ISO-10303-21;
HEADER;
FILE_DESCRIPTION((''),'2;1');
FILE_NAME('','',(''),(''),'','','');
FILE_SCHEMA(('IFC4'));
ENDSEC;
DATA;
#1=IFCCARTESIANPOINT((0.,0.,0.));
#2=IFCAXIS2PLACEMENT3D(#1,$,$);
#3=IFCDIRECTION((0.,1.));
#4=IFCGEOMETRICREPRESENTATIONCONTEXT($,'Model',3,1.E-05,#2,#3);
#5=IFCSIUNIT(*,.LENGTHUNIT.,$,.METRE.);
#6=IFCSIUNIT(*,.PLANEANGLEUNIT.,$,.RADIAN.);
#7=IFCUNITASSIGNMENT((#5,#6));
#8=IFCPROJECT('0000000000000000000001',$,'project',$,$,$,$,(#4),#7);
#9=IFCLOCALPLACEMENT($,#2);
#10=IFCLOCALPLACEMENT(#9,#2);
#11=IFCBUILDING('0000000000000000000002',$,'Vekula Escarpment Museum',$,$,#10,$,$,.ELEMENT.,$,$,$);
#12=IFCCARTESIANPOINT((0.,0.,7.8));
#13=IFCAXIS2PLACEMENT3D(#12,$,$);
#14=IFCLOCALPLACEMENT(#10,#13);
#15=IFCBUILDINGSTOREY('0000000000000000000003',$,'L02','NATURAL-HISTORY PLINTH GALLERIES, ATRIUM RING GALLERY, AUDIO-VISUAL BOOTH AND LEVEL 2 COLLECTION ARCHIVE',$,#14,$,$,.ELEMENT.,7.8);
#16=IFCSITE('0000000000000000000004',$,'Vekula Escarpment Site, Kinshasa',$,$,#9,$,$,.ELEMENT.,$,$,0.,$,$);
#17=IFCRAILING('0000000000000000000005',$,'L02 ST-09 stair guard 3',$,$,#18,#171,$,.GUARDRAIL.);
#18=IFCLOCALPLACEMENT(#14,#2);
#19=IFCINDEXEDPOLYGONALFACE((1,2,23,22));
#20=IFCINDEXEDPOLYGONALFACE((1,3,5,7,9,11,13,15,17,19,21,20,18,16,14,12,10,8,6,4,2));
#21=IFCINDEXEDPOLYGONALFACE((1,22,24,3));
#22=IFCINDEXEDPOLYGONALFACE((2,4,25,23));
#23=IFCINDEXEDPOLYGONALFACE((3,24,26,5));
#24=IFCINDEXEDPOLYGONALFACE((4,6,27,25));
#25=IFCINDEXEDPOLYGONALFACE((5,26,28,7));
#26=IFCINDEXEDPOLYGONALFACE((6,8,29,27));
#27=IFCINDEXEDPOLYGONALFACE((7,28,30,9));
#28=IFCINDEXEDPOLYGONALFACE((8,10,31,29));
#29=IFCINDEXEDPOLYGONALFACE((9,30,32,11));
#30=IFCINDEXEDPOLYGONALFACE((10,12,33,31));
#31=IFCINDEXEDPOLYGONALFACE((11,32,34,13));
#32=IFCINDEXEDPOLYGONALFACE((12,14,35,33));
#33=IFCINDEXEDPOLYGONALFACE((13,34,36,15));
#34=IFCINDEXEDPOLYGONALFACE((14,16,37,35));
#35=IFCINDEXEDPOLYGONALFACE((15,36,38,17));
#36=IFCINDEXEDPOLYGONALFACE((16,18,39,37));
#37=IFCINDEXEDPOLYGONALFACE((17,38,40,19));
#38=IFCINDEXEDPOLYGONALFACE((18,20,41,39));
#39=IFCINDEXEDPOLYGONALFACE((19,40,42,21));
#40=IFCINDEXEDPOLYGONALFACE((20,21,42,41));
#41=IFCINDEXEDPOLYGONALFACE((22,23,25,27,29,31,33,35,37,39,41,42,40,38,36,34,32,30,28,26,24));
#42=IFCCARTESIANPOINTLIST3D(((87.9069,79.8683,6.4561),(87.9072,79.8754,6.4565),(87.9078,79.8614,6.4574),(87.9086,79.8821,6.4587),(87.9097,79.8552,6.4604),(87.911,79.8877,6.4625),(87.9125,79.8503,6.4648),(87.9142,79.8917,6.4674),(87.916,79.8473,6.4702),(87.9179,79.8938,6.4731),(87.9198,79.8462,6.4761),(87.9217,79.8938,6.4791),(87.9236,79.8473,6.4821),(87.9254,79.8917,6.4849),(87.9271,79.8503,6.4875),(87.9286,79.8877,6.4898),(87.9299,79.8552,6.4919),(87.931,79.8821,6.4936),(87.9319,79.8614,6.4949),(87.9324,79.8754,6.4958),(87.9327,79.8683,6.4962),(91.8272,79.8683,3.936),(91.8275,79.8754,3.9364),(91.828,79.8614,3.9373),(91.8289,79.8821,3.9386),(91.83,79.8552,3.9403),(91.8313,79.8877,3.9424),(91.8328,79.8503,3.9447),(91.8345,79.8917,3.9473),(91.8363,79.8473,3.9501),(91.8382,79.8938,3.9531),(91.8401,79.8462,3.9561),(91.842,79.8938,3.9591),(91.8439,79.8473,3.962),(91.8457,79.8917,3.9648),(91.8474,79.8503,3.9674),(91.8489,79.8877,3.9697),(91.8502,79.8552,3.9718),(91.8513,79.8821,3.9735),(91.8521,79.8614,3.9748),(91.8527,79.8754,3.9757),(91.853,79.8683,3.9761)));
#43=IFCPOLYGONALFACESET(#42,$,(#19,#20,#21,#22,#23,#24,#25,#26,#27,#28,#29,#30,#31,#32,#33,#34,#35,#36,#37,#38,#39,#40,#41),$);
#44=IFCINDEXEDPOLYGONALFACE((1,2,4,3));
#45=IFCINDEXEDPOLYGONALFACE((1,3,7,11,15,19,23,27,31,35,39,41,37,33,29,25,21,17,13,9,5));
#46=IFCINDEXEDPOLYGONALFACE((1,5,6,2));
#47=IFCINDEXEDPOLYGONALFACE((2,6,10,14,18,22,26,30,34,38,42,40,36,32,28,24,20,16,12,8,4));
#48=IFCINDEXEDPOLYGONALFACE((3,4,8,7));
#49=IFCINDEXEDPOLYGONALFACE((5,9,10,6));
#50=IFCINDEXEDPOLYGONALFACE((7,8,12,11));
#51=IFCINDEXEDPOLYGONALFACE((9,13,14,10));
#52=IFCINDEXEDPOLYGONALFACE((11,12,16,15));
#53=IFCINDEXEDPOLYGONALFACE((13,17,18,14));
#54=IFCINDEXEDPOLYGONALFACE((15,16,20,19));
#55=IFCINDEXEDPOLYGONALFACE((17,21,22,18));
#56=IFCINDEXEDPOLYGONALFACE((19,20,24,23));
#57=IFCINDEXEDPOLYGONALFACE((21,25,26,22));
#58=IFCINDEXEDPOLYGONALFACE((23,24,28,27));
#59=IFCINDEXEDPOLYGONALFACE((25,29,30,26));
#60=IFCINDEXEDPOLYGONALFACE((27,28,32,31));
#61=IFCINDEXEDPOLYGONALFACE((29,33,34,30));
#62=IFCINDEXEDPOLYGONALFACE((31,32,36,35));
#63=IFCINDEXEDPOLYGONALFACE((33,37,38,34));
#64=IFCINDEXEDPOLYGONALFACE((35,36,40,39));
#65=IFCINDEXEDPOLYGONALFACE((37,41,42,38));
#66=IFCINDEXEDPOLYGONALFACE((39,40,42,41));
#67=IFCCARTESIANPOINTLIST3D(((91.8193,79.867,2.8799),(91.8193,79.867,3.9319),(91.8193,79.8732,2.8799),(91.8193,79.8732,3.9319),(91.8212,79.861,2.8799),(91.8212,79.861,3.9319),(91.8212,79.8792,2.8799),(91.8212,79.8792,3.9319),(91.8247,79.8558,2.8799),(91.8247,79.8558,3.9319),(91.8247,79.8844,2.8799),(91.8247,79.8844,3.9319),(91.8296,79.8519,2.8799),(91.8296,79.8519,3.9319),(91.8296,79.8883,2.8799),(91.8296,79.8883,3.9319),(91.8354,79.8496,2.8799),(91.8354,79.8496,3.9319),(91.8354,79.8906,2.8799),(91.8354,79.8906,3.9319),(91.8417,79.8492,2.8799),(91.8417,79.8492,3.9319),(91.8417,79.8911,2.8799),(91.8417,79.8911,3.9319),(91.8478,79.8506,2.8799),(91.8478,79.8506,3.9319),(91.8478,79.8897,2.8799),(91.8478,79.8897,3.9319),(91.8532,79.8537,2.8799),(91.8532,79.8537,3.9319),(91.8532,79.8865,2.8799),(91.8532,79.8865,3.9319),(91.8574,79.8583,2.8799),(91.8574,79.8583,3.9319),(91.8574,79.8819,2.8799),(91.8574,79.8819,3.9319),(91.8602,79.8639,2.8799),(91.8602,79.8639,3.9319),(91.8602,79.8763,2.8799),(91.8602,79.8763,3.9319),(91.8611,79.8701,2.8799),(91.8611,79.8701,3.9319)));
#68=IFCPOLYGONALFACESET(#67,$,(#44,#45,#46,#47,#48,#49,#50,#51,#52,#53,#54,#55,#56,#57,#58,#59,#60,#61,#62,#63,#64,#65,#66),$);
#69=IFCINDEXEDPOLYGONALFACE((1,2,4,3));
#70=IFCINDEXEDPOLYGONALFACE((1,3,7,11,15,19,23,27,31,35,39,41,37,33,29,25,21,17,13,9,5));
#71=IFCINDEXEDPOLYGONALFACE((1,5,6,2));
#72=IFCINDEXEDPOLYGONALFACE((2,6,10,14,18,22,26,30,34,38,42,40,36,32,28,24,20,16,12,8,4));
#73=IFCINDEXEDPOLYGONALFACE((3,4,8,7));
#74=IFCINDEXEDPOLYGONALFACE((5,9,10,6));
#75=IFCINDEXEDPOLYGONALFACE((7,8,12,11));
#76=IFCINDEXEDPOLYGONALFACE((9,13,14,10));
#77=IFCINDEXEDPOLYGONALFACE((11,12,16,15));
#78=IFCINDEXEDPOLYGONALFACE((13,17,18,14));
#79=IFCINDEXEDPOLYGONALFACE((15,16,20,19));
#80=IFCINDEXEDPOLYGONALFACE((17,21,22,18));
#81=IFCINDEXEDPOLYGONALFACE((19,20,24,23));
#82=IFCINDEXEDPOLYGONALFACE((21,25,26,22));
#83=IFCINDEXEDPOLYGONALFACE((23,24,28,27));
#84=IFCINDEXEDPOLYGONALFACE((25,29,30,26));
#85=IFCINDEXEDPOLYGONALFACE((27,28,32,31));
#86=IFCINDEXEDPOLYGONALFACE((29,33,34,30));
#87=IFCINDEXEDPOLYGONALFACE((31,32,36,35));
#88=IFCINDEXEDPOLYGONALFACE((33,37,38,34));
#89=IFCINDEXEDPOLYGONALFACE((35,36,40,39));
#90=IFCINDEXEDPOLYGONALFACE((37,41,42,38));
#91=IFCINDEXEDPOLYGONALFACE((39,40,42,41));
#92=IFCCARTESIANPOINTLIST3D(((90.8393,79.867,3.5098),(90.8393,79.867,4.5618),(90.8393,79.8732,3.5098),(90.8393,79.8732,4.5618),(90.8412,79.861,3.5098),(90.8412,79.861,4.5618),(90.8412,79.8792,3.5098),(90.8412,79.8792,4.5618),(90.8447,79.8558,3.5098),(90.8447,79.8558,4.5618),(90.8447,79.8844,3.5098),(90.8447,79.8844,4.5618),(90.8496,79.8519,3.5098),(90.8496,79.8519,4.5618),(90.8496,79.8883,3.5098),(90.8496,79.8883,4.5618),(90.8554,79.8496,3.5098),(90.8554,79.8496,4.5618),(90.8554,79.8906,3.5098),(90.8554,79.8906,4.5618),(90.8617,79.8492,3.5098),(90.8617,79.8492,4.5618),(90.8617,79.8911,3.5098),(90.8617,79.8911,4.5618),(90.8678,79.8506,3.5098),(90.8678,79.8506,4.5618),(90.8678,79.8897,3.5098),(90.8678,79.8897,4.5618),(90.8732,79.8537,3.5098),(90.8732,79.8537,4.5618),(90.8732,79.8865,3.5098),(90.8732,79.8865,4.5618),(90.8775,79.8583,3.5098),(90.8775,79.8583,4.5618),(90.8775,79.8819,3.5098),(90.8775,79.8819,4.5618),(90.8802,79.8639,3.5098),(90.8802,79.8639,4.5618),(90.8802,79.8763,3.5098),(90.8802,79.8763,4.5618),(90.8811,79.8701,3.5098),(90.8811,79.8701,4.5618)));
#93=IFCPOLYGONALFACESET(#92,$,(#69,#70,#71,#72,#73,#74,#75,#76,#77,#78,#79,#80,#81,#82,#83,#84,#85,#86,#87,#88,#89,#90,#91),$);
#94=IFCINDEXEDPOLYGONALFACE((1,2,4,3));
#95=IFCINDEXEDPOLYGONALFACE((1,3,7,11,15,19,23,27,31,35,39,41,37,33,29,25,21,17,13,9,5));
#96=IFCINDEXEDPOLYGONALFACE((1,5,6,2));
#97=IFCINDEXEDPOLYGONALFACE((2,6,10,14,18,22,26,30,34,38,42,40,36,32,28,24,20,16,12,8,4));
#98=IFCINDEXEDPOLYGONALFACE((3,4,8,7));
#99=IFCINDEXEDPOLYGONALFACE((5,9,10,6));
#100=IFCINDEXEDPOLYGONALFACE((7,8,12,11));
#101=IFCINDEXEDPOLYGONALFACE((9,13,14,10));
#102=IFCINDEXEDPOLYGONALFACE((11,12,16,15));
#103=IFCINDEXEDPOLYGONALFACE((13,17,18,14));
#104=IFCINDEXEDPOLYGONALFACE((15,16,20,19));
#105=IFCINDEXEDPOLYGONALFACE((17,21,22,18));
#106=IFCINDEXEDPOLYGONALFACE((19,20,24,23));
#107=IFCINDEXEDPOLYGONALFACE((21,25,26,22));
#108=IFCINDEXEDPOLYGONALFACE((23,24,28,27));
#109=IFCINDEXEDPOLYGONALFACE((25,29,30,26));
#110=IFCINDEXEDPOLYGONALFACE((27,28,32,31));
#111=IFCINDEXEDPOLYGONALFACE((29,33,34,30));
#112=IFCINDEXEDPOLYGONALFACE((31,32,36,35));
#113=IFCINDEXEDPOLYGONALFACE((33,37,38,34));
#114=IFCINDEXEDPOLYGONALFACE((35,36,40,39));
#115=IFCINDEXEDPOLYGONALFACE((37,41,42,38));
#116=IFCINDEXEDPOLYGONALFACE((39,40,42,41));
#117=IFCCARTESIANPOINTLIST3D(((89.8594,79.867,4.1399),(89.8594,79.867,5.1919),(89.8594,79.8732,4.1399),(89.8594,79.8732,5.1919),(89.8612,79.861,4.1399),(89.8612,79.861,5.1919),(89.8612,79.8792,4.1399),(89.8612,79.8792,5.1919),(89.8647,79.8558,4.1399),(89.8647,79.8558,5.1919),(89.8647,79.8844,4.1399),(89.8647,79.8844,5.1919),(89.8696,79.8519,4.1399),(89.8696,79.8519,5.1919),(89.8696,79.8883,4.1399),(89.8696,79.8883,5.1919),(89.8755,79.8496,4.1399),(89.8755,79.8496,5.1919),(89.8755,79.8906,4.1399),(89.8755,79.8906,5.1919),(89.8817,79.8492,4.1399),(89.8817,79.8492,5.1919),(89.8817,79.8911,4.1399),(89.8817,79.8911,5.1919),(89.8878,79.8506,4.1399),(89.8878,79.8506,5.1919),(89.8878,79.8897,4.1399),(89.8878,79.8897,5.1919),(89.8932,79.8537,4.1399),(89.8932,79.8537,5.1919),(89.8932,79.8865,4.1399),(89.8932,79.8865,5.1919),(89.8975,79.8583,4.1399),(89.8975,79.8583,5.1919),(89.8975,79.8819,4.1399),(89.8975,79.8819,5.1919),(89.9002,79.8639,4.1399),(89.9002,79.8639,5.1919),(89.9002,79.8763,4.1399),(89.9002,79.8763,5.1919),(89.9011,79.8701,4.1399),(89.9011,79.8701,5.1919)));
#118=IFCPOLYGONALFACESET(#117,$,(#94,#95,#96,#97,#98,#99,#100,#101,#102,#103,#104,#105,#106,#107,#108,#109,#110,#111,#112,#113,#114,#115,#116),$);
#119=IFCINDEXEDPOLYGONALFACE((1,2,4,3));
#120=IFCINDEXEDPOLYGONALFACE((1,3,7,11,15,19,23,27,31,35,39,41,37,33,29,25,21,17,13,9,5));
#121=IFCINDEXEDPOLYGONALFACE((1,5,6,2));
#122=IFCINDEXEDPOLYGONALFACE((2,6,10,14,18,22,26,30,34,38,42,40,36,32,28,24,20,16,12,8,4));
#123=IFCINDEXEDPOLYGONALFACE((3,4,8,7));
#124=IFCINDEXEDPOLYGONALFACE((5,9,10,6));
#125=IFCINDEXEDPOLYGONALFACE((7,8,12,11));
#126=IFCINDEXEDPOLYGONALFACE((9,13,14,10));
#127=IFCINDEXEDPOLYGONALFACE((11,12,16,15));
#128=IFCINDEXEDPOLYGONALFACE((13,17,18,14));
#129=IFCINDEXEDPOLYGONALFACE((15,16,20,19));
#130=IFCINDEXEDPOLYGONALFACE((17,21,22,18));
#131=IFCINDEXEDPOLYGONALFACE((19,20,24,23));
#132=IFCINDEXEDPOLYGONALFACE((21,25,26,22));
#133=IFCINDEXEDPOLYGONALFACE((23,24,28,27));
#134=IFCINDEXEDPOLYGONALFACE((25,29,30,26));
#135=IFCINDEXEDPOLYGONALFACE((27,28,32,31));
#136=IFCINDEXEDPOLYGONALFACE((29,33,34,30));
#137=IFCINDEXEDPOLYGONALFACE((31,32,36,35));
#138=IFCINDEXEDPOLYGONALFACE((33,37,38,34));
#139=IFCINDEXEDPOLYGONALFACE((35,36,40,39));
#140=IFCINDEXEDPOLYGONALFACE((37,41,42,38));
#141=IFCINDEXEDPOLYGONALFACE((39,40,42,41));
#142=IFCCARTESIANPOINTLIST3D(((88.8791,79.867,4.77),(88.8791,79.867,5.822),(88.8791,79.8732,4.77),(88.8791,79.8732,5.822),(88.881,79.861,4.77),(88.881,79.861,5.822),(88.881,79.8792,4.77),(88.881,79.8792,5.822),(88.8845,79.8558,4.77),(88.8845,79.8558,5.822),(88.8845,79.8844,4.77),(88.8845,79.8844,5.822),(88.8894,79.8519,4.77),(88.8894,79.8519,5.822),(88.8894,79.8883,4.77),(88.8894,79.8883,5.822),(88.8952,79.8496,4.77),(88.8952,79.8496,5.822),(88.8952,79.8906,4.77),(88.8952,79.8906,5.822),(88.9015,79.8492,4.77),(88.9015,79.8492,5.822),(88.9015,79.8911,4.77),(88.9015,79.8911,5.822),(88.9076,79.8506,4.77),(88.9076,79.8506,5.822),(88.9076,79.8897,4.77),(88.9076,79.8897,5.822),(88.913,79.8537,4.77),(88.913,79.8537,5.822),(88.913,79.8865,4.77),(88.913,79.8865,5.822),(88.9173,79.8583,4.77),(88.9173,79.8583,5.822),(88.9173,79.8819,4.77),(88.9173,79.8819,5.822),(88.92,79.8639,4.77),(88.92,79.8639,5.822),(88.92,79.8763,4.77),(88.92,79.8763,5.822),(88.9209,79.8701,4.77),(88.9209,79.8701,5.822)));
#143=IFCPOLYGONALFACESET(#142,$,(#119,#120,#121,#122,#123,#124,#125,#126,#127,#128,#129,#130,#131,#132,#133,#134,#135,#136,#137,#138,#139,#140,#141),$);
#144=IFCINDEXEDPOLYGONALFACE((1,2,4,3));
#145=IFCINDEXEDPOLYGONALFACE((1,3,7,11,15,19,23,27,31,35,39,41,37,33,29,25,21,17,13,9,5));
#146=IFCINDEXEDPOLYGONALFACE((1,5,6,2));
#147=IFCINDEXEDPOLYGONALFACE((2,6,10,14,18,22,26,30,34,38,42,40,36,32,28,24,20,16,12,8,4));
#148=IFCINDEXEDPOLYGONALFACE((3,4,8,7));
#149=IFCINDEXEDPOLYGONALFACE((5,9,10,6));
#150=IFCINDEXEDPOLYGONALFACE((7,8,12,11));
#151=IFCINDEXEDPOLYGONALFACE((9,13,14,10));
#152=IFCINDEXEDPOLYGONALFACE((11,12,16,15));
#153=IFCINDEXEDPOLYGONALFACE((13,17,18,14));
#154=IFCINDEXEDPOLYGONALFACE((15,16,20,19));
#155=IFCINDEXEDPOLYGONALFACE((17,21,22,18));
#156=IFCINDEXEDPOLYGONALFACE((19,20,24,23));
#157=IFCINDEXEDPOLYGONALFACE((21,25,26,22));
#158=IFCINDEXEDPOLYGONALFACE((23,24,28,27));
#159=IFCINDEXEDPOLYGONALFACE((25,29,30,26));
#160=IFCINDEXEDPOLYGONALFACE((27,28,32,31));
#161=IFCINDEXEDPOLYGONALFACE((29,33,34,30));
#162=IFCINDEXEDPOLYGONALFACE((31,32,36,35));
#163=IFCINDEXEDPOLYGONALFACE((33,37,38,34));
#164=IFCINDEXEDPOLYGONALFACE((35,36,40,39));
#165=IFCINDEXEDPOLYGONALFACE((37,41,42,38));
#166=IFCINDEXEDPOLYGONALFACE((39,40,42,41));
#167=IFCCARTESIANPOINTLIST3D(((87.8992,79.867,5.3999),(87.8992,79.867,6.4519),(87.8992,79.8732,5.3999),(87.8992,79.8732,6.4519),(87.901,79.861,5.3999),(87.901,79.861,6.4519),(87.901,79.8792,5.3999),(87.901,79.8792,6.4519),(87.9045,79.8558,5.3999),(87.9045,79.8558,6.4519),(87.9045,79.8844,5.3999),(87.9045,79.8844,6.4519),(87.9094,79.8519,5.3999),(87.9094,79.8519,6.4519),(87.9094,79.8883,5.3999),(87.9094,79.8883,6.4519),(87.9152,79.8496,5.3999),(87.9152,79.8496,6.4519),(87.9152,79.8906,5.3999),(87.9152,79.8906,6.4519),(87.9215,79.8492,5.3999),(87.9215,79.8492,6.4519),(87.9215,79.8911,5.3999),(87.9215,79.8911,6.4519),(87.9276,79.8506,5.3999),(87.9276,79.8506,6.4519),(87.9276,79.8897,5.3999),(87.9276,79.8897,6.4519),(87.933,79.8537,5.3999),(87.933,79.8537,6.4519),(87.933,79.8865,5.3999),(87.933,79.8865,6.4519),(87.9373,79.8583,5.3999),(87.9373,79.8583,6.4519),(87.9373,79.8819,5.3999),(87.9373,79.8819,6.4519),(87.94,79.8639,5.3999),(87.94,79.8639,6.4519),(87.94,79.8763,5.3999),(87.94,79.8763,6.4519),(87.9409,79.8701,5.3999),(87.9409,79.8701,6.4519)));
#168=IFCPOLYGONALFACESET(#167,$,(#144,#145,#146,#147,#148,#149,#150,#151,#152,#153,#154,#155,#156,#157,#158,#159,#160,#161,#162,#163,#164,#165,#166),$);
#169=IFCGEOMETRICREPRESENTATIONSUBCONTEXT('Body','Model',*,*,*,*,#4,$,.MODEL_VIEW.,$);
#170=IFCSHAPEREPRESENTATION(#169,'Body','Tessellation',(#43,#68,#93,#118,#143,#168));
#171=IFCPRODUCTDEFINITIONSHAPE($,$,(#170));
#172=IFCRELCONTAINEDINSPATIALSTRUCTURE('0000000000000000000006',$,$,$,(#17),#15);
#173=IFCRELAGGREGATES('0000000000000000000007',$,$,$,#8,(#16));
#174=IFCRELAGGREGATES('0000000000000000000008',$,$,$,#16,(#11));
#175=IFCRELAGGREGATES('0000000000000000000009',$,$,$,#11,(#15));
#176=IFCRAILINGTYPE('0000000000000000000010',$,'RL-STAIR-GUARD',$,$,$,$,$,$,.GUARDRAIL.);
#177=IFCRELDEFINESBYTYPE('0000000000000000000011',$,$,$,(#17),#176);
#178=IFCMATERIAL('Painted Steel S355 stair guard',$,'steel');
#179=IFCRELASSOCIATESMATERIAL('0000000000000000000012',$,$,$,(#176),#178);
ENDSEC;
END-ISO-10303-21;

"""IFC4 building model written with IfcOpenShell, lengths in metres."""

from ifc_helpers import new_model, si_unit, direction, frame, origin, origin_2d, place, context, subcontext, project, spatial, circle, extrude, material, type_object, element, save


model = new_model("IFC4")

# Units and contexts
model_context = context("Model", 3, precision=1e-05, world=origin(), true_north=direction((0.0, 1.0)))
body_context = subcontext(model_context, "Body", "Model", "MODEL_VIEW")
ifc_project = project(units=[si_unit("LENGTHUNIT", "METRE"), si_unit("PLANEANGLEUNIT", "RADIAN")], contexts=[model_context])

# Site, building, storey
site_placement = place(None, origin())
site = spatial("IfcSite", under=ifc_project, at=site_placement, Name="Vekula Escarpment Site, Kinshasa", CompositionType="ELEMENT", RefElevation=0.0)
building_placement = place(site_placement, origin())
building = spatial("IfcBuilding", under=site, at=building_placement, Name="Vekula Escarpment Museum", CompositionType="ELEMENT")
storey_placement = place(building_placement, frame((0.0, 0.0, 7.8)))
storey = spatial("IfcBuildingStorey", under=building, at=storey_placement, Name="L02", Description="NATURAL-HISTORY PLINTH GALLERIES, ATRIUM RING GALLERY, AUDIO-VISUAL BOOTH AND LEVEL 2 COLLECTION ARCHIVE", CompositionType="ELEMENT", Elevation=7.8)

# Railing
ifc_material_1 = material(Name="Painted Steel S355 stair guard", Category="steel")
railing_type_1 = type_object("IfcRailingType", Name="RL-STAIR-GUARD", PredefinedType="GUARDRAIL", material=ifc_material_1)
railing_1_placement = place(storey_placement, frame((91.8401, 79.8701, 2.8799)))
element("IfcRailing", 1, at=railing_1_placement, inside=storey, type_object=railing_type_1, Name="L02 ST-09 stair guard 3", PredefinedType="GUARDRAIL", context=body_context, shape_type="SweptSolid", body=[
    extrude(circle(Radius=0.0239, at=origin_2d()), frame((0.0, 0.0, 1.0762), z_axis=(-0.841187, 0.0, 0.540744), x_axis=(0.0, -1.0, 0.0)), (0.0, 0.0, 1.0), 4.6604),
    extrude(circle(Radius=0.021, at=origin_2d()), origin(), (0.0, 0.0, 1.0), 1.052),
    extrude(circle(Radius=0.021, at=origin_2d()), frame((-0.98, 0.0, 0.6299)), (0.0, 0.0, 1.0), 1.052),
    extrude(circle(Radius=0.021, at=origin_2d()), frame((-1.96, 0.0, 1.26)), (0.0, 0.0, 1.0), 1.052),
    extrude(circle(Radius=0.021, at=origin_2d()), frame((-2.9402, 0.0, 1.8901)), (0.0, 0.0, 1.0), 1.052),
    extrude(circle(Radius=0.021, at=origin_2d()), frame((-3.9202, 0.0, 2.52)), (0.0, 0.0, 1.0), 1.052),
])

save(model, "model.ifc")
